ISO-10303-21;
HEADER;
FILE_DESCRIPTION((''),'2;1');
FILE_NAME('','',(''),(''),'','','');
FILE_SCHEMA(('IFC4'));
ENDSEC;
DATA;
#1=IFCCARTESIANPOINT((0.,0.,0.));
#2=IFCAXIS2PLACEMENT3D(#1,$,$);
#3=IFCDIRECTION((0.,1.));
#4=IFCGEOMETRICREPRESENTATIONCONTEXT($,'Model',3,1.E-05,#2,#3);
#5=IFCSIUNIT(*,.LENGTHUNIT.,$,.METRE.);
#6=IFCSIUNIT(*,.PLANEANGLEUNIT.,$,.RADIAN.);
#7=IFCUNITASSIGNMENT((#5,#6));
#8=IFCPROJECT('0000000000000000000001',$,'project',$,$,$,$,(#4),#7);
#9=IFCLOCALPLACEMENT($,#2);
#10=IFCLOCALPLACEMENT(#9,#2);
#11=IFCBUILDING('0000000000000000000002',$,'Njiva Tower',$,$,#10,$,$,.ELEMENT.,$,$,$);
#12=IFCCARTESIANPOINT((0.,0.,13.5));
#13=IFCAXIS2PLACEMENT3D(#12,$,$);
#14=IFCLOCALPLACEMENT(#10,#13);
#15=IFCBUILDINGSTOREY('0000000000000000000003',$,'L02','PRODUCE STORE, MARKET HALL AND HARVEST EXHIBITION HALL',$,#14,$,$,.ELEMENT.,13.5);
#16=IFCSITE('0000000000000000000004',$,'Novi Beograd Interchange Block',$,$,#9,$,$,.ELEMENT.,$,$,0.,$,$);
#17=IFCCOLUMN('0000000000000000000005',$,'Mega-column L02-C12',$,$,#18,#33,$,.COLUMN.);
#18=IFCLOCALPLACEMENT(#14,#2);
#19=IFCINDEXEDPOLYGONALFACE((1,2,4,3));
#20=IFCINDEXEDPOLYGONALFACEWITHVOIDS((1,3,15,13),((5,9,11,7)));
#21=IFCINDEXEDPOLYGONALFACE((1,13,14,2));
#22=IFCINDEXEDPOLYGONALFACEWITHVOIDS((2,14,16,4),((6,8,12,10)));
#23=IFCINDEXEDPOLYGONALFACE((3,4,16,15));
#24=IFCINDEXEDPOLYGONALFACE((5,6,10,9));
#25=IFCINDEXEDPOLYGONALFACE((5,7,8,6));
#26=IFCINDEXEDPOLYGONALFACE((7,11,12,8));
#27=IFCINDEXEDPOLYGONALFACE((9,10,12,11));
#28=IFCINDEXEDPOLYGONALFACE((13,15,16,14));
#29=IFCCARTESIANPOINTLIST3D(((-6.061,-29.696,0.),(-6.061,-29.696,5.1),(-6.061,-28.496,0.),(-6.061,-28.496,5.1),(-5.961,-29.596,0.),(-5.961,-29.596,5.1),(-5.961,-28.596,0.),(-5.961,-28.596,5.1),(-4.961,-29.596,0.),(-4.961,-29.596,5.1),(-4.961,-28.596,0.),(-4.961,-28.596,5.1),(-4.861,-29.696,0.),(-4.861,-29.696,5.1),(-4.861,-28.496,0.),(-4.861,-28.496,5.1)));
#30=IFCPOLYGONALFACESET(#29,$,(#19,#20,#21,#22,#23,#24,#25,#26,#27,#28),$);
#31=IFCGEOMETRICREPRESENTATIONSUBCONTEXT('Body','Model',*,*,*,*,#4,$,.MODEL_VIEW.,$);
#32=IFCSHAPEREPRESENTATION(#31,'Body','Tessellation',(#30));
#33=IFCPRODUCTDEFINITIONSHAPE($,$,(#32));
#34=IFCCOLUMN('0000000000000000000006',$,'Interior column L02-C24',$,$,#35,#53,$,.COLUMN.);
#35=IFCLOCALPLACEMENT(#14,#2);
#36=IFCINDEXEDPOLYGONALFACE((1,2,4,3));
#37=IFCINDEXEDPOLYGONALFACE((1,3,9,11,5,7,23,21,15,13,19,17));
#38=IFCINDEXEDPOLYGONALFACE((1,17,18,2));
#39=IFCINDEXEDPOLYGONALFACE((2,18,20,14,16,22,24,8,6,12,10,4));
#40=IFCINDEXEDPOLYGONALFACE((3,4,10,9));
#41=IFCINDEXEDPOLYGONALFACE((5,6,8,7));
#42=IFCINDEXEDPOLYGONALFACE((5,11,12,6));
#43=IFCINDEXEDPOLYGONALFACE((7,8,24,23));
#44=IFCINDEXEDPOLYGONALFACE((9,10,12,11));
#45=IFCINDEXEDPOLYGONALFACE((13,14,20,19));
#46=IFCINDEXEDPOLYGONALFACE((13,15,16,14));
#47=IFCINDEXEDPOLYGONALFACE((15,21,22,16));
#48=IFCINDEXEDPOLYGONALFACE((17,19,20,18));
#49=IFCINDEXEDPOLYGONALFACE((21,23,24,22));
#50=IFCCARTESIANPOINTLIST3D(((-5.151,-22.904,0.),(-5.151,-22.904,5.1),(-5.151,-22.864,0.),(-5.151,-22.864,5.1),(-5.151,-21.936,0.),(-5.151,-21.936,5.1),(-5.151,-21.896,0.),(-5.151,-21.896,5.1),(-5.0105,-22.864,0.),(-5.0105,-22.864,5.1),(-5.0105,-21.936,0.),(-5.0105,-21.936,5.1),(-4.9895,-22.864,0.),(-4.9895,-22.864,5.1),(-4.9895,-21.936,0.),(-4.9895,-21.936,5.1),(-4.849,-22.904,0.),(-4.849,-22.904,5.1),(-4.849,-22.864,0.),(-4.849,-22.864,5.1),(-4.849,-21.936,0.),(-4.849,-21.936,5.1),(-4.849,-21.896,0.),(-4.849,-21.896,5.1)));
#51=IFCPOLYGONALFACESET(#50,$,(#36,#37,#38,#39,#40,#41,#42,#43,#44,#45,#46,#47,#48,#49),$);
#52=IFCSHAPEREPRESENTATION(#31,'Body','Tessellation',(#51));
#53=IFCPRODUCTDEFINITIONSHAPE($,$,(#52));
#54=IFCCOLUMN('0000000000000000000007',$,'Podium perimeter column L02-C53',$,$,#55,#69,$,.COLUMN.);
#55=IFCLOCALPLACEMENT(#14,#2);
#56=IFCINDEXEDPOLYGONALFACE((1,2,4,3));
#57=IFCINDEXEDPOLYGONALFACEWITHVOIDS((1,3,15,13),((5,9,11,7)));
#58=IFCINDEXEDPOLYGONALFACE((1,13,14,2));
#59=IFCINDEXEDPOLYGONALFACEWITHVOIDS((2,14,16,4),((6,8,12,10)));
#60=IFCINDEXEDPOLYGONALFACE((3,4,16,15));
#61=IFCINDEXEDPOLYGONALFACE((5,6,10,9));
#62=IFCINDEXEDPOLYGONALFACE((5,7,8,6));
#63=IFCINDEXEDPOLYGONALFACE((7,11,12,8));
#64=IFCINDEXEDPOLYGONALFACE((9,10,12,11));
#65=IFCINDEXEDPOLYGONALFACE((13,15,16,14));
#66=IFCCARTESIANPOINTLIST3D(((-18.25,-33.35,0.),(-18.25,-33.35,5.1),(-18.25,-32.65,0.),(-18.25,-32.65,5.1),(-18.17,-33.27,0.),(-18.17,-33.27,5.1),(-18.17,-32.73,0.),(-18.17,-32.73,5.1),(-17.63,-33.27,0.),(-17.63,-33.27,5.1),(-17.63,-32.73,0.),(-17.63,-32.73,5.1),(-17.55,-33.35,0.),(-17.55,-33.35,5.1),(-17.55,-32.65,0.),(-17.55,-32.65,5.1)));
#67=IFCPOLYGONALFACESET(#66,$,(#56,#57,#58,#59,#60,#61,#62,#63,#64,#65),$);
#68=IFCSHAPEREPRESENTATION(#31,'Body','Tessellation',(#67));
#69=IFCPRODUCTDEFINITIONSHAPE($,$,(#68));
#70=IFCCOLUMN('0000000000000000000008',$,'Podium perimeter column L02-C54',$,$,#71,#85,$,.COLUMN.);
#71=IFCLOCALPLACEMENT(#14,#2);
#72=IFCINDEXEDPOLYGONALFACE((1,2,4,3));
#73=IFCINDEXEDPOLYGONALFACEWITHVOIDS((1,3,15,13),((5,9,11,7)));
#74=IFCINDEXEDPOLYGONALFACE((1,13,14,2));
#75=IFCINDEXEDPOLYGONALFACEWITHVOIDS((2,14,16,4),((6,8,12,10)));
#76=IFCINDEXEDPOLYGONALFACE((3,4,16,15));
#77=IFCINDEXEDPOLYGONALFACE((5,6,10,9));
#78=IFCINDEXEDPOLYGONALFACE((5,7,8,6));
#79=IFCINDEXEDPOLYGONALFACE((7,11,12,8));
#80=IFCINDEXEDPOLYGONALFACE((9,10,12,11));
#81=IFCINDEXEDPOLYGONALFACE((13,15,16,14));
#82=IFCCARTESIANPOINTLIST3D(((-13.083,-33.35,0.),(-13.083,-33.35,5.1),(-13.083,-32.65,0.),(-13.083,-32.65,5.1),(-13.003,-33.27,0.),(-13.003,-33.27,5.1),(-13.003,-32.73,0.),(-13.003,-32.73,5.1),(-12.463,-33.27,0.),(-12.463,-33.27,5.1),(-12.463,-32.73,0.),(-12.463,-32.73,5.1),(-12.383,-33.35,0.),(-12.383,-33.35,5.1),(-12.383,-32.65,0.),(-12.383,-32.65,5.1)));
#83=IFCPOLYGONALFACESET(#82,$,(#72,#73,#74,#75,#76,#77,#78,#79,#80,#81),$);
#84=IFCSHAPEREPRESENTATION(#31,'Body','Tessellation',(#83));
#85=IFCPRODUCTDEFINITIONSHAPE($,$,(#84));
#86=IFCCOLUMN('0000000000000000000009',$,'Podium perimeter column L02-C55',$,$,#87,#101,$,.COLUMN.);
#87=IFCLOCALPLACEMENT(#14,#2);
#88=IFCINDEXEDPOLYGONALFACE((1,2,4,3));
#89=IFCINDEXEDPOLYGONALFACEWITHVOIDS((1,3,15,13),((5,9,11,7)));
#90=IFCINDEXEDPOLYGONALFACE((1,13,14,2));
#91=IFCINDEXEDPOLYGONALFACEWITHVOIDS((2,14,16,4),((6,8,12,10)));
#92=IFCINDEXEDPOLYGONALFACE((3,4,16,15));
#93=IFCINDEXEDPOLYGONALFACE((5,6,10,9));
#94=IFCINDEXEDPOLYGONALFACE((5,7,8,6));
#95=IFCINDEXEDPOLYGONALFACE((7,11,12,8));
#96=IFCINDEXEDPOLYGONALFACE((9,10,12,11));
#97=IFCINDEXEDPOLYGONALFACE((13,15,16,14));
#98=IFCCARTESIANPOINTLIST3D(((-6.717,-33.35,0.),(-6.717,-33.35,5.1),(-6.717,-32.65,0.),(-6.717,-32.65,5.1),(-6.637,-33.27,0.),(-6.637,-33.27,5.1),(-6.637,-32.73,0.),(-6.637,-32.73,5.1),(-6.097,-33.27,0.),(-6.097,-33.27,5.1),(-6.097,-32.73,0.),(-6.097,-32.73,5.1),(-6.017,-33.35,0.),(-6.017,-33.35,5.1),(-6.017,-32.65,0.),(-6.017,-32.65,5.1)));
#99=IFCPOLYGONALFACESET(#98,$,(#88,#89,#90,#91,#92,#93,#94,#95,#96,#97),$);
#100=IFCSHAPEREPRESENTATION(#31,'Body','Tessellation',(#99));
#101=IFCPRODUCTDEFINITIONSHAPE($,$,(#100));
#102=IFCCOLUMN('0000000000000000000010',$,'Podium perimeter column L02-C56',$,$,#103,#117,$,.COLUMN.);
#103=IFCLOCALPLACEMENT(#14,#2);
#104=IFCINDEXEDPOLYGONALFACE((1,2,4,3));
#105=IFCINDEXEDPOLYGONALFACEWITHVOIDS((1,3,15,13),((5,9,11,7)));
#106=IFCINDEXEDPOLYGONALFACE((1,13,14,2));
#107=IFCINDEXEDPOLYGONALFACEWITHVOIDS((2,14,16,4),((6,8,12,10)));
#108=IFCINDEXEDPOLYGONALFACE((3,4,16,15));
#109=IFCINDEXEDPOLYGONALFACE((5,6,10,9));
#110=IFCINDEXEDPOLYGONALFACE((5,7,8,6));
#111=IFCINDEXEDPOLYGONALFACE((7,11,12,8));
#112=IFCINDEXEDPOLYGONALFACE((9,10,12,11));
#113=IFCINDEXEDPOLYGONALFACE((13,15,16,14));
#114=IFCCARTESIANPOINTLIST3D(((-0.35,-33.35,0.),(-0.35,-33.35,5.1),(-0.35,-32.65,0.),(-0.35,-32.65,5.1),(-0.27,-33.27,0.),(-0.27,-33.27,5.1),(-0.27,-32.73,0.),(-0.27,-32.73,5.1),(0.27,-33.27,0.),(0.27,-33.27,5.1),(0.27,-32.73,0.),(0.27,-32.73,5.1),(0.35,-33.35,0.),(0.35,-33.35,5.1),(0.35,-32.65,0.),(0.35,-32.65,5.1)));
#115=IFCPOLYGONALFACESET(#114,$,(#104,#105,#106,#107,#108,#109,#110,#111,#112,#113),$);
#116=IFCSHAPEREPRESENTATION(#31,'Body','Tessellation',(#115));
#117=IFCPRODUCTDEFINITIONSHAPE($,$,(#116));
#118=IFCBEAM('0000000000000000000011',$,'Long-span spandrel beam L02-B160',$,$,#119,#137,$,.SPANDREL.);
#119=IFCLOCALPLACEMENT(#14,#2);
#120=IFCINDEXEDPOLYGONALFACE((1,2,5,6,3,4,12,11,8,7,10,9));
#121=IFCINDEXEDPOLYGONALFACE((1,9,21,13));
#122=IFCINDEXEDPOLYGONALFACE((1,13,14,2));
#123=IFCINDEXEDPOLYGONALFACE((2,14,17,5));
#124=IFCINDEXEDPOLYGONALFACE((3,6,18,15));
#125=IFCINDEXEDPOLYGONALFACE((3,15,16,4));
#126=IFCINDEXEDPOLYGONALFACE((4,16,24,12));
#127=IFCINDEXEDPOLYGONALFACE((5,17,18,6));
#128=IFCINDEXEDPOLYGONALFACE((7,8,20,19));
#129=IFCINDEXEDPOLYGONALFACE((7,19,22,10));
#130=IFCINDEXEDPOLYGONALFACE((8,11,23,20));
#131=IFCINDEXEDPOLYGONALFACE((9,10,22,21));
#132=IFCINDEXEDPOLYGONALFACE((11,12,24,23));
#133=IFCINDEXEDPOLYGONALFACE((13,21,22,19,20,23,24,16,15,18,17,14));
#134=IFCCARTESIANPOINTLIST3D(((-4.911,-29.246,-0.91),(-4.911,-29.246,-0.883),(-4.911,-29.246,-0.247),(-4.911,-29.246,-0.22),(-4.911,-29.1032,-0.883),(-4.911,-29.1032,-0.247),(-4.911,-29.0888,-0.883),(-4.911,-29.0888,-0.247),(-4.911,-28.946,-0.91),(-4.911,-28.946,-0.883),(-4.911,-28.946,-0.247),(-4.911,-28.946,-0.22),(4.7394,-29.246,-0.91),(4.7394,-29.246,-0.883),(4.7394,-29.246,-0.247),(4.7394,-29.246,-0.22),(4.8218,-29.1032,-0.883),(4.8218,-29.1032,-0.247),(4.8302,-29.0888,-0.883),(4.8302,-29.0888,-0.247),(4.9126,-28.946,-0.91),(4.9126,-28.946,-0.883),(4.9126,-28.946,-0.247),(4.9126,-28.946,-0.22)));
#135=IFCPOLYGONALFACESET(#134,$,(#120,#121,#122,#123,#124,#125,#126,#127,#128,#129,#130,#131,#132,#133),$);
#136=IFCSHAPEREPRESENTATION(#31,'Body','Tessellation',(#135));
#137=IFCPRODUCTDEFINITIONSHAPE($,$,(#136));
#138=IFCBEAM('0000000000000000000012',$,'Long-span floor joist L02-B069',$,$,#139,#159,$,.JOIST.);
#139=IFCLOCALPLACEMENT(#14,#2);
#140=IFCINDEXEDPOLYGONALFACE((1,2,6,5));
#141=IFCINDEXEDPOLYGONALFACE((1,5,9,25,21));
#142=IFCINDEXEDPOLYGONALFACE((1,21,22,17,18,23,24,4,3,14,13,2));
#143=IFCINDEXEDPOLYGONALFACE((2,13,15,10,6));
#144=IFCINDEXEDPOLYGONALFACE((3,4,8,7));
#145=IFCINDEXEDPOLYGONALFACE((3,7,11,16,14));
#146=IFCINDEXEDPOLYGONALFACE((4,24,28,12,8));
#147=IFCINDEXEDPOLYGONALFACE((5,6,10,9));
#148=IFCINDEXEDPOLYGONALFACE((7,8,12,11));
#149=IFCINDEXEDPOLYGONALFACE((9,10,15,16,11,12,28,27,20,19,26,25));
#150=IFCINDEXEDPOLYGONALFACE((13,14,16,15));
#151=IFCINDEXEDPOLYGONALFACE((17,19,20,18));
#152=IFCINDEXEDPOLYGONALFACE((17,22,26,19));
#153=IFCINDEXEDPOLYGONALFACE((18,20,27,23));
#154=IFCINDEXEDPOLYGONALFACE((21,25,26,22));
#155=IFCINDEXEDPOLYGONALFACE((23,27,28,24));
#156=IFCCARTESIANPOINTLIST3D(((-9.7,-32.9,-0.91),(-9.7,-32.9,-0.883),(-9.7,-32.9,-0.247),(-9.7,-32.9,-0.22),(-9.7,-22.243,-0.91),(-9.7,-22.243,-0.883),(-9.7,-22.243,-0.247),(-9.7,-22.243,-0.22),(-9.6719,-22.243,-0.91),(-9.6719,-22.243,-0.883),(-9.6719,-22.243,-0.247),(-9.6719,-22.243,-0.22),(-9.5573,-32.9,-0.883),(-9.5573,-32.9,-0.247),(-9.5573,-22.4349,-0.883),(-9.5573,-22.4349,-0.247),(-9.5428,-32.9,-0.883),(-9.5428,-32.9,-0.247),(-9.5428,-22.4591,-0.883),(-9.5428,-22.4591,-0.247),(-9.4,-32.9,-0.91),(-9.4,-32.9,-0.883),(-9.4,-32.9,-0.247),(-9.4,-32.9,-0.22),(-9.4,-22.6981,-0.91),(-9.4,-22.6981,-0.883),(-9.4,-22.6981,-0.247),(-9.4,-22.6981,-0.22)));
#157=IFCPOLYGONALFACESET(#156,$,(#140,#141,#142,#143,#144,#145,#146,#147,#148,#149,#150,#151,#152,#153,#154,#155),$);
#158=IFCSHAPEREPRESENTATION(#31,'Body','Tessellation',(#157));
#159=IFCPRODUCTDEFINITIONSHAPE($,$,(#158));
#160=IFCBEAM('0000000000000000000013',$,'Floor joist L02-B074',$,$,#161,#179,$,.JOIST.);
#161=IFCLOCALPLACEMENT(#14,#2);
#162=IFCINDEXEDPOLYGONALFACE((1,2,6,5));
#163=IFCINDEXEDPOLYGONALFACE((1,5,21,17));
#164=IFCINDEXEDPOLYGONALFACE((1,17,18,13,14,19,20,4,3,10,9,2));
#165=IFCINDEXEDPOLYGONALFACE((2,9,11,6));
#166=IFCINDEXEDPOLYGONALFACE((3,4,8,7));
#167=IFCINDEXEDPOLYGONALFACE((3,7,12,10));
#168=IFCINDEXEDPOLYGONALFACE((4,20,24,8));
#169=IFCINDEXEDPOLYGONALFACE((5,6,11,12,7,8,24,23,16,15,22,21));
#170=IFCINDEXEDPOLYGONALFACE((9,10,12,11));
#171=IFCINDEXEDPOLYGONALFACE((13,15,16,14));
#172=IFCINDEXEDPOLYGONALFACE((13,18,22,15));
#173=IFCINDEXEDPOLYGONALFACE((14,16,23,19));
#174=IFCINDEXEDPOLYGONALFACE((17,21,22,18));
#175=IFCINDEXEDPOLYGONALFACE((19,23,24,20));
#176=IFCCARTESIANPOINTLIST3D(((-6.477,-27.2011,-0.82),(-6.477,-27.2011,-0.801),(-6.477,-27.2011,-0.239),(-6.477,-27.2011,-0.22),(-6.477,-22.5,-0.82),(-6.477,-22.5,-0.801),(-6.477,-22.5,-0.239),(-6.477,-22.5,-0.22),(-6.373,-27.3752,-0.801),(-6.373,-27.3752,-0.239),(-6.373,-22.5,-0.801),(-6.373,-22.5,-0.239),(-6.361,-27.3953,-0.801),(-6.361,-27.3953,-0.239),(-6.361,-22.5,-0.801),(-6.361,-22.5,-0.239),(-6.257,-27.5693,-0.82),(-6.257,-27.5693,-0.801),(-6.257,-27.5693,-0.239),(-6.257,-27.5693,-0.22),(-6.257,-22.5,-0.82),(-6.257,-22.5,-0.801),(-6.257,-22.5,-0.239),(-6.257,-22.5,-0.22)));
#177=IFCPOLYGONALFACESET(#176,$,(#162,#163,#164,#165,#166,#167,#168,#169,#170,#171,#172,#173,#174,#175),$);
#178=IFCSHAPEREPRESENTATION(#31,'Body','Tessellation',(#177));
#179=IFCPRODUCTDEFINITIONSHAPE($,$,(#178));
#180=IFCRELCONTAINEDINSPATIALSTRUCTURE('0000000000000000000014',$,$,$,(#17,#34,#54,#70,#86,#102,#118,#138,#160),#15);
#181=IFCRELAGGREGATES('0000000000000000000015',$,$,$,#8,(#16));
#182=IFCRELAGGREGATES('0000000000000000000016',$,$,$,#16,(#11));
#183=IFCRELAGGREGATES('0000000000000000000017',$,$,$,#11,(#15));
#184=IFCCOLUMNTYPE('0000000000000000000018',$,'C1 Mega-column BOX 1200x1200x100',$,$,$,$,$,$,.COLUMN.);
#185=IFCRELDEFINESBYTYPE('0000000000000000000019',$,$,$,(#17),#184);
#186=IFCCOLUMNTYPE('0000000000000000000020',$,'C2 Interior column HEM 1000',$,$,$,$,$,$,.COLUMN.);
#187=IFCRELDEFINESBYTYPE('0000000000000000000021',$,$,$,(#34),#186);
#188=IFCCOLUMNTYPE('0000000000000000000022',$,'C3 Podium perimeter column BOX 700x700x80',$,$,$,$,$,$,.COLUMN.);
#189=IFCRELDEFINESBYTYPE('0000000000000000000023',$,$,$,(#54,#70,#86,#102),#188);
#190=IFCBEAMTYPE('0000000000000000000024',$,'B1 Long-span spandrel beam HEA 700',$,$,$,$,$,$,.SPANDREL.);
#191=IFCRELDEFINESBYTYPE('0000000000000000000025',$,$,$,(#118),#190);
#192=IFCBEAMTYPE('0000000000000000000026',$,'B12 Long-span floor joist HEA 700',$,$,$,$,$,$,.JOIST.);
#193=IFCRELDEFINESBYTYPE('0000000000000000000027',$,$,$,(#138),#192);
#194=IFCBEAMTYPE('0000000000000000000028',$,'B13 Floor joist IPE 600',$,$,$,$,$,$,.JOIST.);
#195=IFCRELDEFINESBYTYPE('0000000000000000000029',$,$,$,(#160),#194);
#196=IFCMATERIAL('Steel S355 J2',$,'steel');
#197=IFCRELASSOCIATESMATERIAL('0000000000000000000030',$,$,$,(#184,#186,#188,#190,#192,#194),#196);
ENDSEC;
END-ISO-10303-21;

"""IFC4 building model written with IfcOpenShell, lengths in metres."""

from ifc_helpers import new_model, si_unit, direction, frame, origin, origin_2d, place, context, subcontext, project, spatial, hollow_rectangle, i_section, extrude, clip, halfspace, material, material_profile, profile_set, type_object, element, save


model = new_model("IFC4")

# Units and contexts
model_context = context("Model", 3, precision=1e-05, world=origin(), true_north=direction((0.0, 1.0)))
body_context = subcontext(model_context, "Body", "Model", "MODEL_VIEW")
ifc_project = project(units=[si_unit("LENGTHUNIT", "METRE"), si_unit("PLANEANGLEUNIT", "RADIAN")], contexts=[model_context])

# Site, building, storey
site_placement = place(None, origin())
site = spatial("IfcSite", under=ifc_project, at=site_placement, Name="Novi Beograd Interchange Block", CompositionType="ELEMENT", RefElevation=0.0)
building_placement = place(site_placement, origin())
building = spatial("IfcBuilding", under=site, at=building_placement, Name="Njiva Tower", CompositionType="ELEMENT")
storey_placement = place(building_placement, frame((0.0, 0.0, 13.5)))
storey = spatial("IfcBuildingStorey", under=building, at=storey_placement, Name="L02", Description="PRODUCE STORE, MARKET HALL AND HARVEST EXHIBITION HALL", CompositionType="ELEMENT", Elevation=13.5)

# Columns
ifc_material_1 = material(Name="Steel S355 J2", Category="steel")
ifc_material_profile_1 = material_profile(ifc_material_1, hollow_rectangle(XDim=1.2, YDim=1.2, WallThickness=0.1, at=origin_2d()), Name="BOX 1200x1200x100")
ifc_profile_set_1 = profile_set([ifc_material_profile_1], Name="Steel S355 J2")
column_type_1 = type_object("IfcColumnType", Name="C1 Mega-column BOX 1200x1200x100", PredefinedType="COLUMN", material=ifc_profile_set_1)
column_1_placement = place(storey_placement, frame((-5.461, -29.096, 0.0), z_axis=(0.0, 0.0, 1.0), x_axis=(1.0, 0.0, 0.0)))
element("IfcColumn", 1, at=column_1_placement, inside=storey, type_object=column_type_1, Name="Mega-column L02-C12", PredefinedType="COLUMN", context=body_context, shape_type="SweptSolid", body=[
    extrude(hollow_rectangle(XDim=1.2, YDim=1.2, WallThickness=0.1, at=origin_2d()), origin(), (0.0, 0.0, 1.0), 5.1),
])
ifc_material_profile_2 = material_profile(ifc_material_1, i_section(OverallWidth=0.302, OverallDepth=1.008, WebThickness=0.021, FlangeThickness=0.04, at=origin_2d()), Name="HEM 1000")
ifc_profile_set_2 = profile_set([ifc_material_profile_2], Name="Steel S355 J2")
column_type_2 = type_object("IfcColumnType", Name="C2 Interior column HEM 1000", PredefinedType="COLUMN", material=ifc_profile_set_2)
column_2_placement = place(storey_placement, frame((-5.0, -22.4, 0.0), z_axis=(0.0, 0.0, 1.0), x_axis=(1.0, 0.0, 0.0)))
element("IfcColumn", 2, at=column_2_placement, inside=storey, type_object=column_type_2, Name="Interior column L02-C24", PredefinedType="COLUMN", context=body_context, shape_type="SweptSolid", body=[
    extrude(i_section(OverallWidth=0.302, OverallDepth=1.008, WebThickness=0.021, FlangeThickness=0.04, at=origin_2d()), origin(), (0.0, 0.0, 1.0), 5.1),
])
ifc_material_profile_3 = material_profile(ifc_material_1, hollow_rectangle(XDim=0.7, YDim=0.7, WallThickness=0.08, at=origin_2d()), Name="BOX 700x700x80")
ifc_profile_set_3 = profile_set([ifc_material_profile_3], Name="Steel S355 J2")
column_type_3 = type_object("IfcColumnType", Name="C3 Podium perimeter column BOX 700x700x80", PredefinedType="COLUMN", material=ifc_profile_set_3)
for number, where, z_axis, x_axis, name in (
    (3, (-17.9, -33.0, 0.0), (0.0, 0.0, 1.0), (1.0, 0.0, 0.0), "Podium perimeter column L02-C53"),
    (4, (-12.733, -33.0, 0.0), (0.0, 0.0, 1.0), (1.0, 0.0, 0.0), "Podium perimeter column L02-C54"),
    (5, (-6.367, -33.0, 0.0), (0.0, 0.0, 1.0), (1.0, 0.0, 0.0), "Podium perimeter column L02-C55"),
    (6, (0.0, -33.0, 0.0), (0.0, 0.0, 1.0), (1.0, 0.0, 0.0), "Podium perimeter column L02-C56"),
):
    element("IfcColumn", number, at=place(storey_placement, frame(where, z_axis=z_axis, x_axis=x_axis)), inside=storey, type_object=column_type_3, Name=name, PredefinedType="COLUMN", context=body_context, shape_type="SweptSolid", body=[
        extrude(hollow_rectangle(XDim=0.7, YDim=0.7, WallThickness=0.08, at=origin_2d()), origin(), (0.0, 0.0, 1.0), 5.1),
    ])

# Beams
ifc_material_profile_4 = material_profile(ifc_material_1, i_section(OverallWidth=0.3, OverallDepth=0.69, WebThickness=0.0145, FlangeThickness=0.027, at=origin_2d()), Name="HEA 700")
ifc_profile_set_4 = profile_set([ifc_material_profile_4], Name="Steel S355 J2")
beam_type_1 = type_object("IfcBeamType", Name="B1 Long-span spandrel beam HEA 700", PredefinedType="SPANDREL", material=ifc_profile_set_4)
beam_1_placement = place(storey_placement, frame((-4.911, -29.096, -0.565), z_axis=(1.0, 0.0, 0.0), x_axis=(0.0, 1.0, 0.0)))
element("IfcBeam", 7, at=beam_1_placement, inside=storey, type_object=beam_type_1, Name="Long-span spandrel beam L02-B160", PredefinedType="SPANDREL", context=body_context, shape_type="Clipping", body=[
    clip(extrude(i_section(OverallWidth=0.3, OverallDepth=0.69, WebThickness=0.0145, FlangeThickness=0.027, at=origin_2d()), origin(), (0.0, 0.0, 1.0), 9.844), halfspace(frame((-0.0254, 0.0, 9.7223), z_axis=(-0.499998, 0.0, 0.866027), x_axis=(0.0, 1.0, 0.0)), False)),
])
ifc_material_profile_5 = material_profile(ifc_material_1, i_section(OverallWidth=0.3, OverallDepth=0.69, WebThickness=0.0145, FlangeThickness=0.027, at=origin_2d()), Name="HEA 700")
ifc_profile_set_5 = profile_set([ifc_material_profile_5], Name="Steel S355 J2")
beam_type_2 = type_object("IfcBeamType", Name="B12 Long-span floor joist HEA 700", PredefinedType="JOIST", material=ifc_profile_set_5)
beam_2_placement = place(storey_placement, frame((-9.55, -22.243, -0.565), z_axis=(0.0, -1.0, 0.0), x_axis=(1.0, 0.0, 0.0)))
element("IfcBeam", 8, at=beam_2_placement, inside=storey, type_object=beam_type_2, Name="Long-span floor joist L02-B069", PredefinedType="JOIST", context=body_context, shape_type="Clipping", body=[
    clip(extrude(i_section(OverallWidth=0.3, OverallDepth=0.69, WebThickness=0.0145, FlangeThickness=0.027, at=origin_2d()), origin(), (0.0, 0.0, 1.0), 10.657), halfspace(frame((0.0429, 0.0, 0.2758), z_axis=(0.858483, 0.0, -0.512842), x_axis=(0.0, -1.0, 0.0)), False)),
])
ifc_material_profile_6 = material_profile(ifc_material_1, i_section(OverallWidth=0.22, OverallDepth=0.6, WebThickness=0.012, FlangeThickness=0.019, at=origin_2d()), Name="IPE 600")
ifc_profile_set_6 = profile_set([ifc_material_profile_6], Name="Steel S355 J2")
beam_type_3 = type_object("IfcBeamType", Name="B13 Floor joist IPE 600", PredefinedType="JOIST", material=ifc_profile_set_6)
beam_3_placement = place(storey_placement, frame((-6.367, -22.5, -0.52), z_axis=(0.0, -1.0, 0.0), x_axis=(1.0, 0.0, 0.0)))
element("IfcBeam", 9, at=beam_3_placement, inside=storey, type_object=beam_type_3, Name="Floor joist L02-B074", PredefinedType="JOIST", context=body_context, shape_type="Clipping", body=[
    clip(extrude(i_section(OverallWidth=0.22, OverallDepth=0.6, WebThickness=0.012, FlangeThickness=0.019, at=origin_2d()), origin(), (0.0, 0.0, 1.0), 5.09), halfspace(frame((-0.0426, 0.0, 4.8139), z_axis=(-0.858483, 0.0, 0.512842), x_axis=(0.0, 1.0, 0.0)), False)),
])

save(model, "model.ifc")
